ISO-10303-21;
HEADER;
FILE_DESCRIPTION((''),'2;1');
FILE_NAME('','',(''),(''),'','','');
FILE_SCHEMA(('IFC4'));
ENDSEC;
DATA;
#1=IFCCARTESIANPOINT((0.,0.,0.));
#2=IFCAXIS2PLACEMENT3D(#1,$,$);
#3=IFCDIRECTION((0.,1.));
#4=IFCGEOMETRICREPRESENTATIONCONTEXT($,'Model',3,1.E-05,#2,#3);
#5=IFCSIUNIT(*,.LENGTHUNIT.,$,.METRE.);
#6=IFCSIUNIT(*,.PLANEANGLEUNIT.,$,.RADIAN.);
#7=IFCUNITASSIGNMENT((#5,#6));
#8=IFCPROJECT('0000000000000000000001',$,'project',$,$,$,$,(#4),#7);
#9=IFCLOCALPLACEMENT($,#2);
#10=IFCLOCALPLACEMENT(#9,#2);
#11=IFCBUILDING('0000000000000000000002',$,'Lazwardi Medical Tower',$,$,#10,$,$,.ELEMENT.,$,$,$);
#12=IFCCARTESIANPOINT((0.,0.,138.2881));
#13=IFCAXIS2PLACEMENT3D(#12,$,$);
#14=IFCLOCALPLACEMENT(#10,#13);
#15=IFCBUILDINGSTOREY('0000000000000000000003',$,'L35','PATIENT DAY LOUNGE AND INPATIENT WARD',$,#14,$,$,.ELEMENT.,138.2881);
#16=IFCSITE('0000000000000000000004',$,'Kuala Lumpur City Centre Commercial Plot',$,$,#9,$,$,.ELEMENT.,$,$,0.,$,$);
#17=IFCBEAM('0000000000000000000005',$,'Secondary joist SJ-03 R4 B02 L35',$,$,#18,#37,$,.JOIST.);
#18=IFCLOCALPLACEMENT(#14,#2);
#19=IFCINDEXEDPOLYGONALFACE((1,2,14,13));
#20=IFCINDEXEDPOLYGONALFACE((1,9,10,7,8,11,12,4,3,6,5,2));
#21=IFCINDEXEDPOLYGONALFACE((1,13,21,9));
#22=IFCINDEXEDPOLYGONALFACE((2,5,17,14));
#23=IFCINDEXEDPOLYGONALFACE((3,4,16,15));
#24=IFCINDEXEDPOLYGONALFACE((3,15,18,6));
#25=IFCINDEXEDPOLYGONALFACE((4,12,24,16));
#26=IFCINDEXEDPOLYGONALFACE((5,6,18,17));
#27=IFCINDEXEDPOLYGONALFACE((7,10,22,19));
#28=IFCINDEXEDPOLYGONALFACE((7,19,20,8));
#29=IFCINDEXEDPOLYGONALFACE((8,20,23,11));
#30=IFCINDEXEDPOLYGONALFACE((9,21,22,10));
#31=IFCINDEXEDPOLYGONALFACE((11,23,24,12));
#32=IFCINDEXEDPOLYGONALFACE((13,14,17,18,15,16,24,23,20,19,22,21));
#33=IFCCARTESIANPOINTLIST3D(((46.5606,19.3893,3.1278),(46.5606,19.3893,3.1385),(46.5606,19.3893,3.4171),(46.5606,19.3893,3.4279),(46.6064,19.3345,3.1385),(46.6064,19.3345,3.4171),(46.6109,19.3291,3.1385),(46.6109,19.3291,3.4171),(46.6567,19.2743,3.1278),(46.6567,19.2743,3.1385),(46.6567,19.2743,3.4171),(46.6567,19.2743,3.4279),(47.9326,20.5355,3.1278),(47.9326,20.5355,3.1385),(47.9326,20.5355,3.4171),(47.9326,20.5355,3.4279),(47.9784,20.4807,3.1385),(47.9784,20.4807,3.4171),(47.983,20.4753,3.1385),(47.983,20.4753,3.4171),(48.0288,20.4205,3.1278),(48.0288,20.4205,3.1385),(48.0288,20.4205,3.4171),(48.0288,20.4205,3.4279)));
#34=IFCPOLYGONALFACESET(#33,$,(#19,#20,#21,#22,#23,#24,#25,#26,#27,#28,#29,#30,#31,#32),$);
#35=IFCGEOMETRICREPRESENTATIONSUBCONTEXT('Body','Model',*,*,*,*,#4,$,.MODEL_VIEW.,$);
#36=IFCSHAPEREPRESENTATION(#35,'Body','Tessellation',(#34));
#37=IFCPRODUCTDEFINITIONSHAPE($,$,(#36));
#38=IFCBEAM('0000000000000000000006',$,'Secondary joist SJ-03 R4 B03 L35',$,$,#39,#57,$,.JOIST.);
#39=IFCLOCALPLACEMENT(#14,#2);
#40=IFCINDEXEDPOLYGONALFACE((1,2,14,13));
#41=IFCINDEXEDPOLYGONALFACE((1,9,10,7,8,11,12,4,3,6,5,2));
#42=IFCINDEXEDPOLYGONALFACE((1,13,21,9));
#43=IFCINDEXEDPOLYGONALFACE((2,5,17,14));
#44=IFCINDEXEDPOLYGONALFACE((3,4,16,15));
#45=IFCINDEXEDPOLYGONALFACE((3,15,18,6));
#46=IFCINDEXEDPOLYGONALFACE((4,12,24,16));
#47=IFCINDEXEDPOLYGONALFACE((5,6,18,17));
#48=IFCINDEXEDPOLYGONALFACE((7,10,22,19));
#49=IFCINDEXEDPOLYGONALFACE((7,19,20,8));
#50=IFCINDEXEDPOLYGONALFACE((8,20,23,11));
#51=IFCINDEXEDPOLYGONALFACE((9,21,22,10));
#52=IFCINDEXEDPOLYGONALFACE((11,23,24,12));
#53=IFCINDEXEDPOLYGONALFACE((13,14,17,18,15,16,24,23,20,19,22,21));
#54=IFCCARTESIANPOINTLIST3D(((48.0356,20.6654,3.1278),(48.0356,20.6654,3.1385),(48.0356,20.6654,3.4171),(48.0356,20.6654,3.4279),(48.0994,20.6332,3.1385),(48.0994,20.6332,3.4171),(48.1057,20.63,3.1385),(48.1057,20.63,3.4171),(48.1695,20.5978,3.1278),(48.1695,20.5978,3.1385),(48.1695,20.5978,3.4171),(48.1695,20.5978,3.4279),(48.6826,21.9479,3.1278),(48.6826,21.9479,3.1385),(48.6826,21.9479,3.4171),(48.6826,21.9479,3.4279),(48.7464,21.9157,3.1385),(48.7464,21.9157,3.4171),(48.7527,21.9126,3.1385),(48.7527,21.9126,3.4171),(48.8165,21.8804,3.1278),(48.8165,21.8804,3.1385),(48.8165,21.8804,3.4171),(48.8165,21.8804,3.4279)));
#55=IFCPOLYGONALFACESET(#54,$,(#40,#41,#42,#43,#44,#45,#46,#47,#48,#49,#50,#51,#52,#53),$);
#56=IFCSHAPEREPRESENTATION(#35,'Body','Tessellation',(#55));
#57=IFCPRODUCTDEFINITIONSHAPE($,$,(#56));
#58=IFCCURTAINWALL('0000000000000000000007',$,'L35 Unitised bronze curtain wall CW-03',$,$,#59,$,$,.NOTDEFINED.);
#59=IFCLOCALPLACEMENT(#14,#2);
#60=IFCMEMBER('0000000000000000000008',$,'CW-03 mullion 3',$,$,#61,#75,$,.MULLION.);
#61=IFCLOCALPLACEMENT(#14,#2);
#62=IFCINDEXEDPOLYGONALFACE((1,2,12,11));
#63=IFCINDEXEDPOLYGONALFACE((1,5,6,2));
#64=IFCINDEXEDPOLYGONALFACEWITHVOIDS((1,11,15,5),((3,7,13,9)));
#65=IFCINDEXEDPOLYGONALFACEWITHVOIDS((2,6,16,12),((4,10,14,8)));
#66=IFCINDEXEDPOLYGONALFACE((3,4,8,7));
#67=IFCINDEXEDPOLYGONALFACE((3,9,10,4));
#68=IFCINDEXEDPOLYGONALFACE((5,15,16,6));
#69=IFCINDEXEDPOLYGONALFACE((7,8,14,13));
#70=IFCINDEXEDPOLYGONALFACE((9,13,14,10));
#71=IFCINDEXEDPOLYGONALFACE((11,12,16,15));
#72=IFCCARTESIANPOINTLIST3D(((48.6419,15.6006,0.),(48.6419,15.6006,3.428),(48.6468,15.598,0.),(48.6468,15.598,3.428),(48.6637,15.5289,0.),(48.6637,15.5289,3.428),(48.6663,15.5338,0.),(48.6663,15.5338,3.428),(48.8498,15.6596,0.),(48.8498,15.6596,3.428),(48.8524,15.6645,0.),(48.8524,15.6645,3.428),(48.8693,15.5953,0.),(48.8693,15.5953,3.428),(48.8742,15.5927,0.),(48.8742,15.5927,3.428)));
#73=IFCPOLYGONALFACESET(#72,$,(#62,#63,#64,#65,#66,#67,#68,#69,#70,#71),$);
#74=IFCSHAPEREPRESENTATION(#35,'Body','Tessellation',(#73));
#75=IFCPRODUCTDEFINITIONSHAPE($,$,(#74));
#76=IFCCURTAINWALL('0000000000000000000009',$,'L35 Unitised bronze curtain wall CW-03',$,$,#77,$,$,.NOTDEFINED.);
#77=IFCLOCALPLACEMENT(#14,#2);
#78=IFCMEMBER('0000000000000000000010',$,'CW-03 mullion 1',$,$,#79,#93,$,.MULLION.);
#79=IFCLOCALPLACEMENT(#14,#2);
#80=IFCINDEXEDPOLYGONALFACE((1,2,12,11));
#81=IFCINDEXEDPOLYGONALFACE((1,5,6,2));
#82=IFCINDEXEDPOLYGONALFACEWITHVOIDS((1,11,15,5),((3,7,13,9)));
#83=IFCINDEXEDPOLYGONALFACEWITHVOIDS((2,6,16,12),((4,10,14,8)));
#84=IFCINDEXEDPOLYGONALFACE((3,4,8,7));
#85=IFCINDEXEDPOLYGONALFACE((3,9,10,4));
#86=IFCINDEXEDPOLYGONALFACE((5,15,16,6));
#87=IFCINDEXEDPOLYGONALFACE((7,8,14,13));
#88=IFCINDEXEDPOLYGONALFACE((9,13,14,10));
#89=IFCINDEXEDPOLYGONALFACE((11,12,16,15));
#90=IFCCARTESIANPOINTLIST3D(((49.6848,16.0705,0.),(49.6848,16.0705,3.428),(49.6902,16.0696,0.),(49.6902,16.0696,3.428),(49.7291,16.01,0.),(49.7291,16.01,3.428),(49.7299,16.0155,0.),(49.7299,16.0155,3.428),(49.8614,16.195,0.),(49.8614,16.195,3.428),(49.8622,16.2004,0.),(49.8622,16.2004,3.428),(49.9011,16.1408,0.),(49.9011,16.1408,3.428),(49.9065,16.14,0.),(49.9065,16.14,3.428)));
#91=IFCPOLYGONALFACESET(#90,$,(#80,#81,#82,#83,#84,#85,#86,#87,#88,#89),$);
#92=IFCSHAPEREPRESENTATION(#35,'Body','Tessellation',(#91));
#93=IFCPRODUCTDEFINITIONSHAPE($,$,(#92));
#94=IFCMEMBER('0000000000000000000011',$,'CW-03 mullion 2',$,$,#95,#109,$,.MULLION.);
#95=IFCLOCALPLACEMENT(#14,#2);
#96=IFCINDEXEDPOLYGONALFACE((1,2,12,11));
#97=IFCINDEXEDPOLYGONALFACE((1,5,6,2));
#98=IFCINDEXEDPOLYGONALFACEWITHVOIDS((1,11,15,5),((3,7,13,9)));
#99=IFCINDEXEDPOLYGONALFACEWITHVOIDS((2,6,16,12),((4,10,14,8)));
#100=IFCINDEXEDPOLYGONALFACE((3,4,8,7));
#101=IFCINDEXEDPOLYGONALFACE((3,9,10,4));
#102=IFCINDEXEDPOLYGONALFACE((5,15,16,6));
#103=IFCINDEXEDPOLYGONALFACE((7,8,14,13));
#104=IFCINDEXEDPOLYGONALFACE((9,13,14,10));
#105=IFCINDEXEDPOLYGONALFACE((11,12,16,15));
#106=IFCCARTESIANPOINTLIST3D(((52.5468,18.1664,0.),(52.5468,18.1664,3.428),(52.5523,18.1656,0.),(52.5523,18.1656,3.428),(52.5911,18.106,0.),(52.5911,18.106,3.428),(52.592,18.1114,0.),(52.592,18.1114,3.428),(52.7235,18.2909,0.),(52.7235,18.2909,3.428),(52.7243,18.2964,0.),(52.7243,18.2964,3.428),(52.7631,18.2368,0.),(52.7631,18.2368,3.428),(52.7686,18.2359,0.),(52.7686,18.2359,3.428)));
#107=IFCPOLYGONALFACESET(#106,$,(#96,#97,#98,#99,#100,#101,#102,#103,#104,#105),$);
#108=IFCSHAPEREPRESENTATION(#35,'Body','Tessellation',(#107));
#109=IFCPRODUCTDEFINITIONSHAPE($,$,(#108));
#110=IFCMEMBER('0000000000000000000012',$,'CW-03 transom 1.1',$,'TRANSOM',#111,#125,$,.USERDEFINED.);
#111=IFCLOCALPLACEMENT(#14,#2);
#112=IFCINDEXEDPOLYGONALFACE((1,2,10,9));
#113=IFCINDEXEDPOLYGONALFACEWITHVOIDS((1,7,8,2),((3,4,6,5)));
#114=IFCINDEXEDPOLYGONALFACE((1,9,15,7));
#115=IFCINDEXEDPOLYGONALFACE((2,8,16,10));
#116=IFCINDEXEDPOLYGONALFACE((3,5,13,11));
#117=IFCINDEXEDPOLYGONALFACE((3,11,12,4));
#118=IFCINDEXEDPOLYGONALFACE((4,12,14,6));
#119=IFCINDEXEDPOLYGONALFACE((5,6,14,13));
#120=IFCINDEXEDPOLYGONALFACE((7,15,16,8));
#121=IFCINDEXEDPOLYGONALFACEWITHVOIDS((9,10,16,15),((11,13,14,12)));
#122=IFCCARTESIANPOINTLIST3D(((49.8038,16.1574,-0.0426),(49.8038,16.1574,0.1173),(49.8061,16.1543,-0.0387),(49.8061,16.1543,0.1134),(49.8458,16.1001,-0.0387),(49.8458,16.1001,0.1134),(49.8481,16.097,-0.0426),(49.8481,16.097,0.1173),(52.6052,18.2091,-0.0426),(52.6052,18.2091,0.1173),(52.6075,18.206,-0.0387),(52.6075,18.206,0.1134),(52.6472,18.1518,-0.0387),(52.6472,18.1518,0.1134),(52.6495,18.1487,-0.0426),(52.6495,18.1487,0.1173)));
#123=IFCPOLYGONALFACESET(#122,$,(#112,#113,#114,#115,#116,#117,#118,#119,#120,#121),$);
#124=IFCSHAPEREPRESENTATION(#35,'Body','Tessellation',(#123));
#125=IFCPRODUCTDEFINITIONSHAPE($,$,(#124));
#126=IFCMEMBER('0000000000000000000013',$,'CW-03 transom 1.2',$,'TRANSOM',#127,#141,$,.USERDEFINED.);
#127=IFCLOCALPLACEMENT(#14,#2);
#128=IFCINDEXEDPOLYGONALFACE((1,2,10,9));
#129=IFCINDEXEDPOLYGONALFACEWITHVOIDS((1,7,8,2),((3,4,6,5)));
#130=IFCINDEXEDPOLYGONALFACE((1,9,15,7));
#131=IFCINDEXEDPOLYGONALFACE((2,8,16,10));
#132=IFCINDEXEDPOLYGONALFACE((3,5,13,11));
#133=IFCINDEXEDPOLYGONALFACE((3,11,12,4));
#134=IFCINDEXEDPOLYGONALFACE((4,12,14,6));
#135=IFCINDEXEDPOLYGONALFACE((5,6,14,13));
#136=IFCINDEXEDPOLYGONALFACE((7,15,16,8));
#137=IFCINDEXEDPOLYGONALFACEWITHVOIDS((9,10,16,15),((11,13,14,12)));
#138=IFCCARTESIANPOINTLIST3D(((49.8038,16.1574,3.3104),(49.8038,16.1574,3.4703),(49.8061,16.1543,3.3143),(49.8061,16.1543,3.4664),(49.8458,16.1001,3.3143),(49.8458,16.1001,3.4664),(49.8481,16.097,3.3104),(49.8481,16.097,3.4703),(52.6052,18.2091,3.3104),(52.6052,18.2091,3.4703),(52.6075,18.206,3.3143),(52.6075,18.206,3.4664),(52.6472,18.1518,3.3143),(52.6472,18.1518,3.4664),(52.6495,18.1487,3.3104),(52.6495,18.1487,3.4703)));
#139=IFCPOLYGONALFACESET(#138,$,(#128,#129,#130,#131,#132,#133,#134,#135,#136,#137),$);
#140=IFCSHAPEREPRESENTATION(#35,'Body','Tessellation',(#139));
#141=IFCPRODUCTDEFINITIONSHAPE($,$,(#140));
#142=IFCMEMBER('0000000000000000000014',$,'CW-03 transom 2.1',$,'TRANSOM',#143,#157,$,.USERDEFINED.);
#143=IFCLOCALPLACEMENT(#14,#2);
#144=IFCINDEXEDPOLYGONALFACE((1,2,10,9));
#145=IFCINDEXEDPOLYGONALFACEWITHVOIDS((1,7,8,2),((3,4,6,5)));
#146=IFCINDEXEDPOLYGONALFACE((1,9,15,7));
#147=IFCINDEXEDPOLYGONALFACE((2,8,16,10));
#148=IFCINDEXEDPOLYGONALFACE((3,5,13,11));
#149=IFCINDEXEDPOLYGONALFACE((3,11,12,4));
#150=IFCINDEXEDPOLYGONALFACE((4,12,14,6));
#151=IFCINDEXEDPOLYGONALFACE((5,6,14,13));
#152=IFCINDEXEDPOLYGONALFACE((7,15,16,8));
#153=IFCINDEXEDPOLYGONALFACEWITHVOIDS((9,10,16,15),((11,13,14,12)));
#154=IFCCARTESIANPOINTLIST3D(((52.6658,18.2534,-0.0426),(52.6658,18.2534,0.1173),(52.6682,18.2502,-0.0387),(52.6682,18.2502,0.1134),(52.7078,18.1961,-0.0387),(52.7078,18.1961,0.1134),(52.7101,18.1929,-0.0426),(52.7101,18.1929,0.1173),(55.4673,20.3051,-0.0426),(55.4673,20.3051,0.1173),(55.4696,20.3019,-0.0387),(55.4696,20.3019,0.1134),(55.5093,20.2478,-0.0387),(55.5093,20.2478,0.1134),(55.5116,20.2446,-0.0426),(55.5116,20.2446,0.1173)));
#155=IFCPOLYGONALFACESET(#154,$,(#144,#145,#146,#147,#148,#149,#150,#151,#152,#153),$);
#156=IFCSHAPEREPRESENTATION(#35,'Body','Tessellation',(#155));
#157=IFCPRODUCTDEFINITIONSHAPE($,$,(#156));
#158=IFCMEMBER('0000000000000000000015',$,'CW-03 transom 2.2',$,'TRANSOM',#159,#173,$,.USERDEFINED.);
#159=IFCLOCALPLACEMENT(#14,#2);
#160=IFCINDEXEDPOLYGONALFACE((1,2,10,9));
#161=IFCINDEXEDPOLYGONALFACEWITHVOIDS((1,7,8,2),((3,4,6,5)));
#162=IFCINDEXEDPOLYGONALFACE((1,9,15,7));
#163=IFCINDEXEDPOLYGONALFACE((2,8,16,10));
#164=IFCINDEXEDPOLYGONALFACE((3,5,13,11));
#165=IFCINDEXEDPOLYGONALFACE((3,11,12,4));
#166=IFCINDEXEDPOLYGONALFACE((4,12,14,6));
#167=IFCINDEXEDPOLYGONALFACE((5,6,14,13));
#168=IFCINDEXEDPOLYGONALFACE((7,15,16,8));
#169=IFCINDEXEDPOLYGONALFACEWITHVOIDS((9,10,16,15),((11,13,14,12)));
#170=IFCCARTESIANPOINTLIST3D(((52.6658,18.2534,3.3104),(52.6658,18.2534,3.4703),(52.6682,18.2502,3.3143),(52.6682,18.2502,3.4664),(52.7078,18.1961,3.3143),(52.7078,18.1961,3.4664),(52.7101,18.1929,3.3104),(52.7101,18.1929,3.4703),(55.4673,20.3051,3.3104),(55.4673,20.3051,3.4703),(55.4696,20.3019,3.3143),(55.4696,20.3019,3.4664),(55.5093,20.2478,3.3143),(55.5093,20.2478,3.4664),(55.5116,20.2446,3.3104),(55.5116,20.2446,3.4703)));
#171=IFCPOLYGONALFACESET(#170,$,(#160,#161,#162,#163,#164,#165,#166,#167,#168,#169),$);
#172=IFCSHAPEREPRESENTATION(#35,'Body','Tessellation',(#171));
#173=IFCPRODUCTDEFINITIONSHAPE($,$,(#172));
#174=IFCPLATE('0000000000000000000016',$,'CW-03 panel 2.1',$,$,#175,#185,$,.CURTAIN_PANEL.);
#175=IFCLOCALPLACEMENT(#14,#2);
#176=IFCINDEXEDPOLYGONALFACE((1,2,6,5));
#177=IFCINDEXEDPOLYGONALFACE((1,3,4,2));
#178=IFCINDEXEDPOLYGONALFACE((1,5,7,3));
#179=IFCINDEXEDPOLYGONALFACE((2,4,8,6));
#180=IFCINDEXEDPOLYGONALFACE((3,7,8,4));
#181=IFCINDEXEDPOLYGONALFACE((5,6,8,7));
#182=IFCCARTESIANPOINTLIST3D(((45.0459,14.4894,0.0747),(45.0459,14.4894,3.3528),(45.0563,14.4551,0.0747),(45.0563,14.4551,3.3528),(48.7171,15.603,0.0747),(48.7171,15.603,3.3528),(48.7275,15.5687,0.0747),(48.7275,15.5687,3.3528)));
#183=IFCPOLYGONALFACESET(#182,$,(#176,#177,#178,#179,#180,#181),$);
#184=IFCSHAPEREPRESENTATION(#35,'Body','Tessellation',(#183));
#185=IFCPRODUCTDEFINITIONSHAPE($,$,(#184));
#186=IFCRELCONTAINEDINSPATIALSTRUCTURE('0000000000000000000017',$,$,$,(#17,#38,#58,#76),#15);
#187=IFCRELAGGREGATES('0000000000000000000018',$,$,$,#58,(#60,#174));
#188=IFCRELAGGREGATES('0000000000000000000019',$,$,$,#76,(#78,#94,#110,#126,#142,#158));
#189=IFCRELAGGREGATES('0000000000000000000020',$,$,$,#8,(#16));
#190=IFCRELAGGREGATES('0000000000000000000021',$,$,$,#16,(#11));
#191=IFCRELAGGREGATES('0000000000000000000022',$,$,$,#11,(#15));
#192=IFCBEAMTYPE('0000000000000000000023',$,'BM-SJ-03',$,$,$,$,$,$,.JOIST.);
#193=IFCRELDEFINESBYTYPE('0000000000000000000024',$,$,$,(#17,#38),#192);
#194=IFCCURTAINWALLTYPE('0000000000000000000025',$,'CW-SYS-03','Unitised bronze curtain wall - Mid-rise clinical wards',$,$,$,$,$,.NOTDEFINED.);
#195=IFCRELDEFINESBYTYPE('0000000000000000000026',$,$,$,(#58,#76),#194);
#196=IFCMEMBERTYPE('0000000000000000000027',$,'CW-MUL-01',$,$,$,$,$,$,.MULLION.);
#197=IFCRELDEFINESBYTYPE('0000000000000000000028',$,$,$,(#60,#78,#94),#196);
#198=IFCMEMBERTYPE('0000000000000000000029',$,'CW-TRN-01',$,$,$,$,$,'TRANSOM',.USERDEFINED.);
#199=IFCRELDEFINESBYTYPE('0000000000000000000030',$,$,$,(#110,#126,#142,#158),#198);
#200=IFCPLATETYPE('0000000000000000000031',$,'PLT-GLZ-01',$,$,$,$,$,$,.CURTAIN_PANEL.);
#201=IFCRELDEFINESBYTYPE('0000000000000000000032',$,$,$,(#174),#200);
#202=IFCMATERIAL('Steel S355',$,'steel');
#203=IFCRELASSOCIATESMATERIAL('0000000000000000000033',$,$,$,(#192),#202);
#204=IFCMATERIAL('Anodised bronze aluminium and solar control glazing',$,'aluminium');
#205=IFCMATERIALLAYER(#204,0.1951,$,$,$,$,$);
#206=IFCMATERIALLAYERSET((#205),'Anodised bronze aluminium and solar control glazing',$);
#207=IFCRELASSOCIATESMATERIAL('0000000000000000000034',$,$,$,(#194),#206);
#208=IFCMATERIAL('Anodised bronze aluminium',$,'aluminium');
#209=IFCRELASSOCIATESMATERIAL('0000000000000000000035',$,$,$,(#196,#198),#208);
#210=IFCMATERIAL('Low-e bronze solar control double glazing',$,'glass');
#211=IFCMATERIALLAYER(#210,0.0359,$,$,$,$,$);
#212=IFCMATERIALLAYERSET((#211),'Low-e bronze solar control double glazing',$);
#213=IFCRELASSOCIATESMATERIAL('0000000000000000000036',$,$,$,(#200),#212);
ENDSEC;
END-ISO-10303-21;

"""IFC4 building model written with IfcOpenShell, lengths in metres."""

from ifc_helpers import new_model, si_unit, direction, frame, origin, origin_2d, place, context, subcontext, project, spatial, rectangle, hollow_rectangle, i_section, extrude, material, layer, layer_set, material_profile, profile_set, type_object, element, aggregate, save


model = new_model("IFC4")

# Units and contexts
model_context = context("Model", 3, precision=1e-05, world=origin(), true_north=direction((0.0, 1.0)))
body_context = subcontext(model_context, "Body", "Model", "MODEL_VIEW")
ifc_project = project(units=[si_unit("LENGTHUNIT", "METRE"), si_unit("PLANEANGLEUNIT", "RADIAN")], contexts=[model_context])

# Site, building, storey
site_placement = place(None, origin())
site = spatial("IfcSite", under=ifc_project, at=site_placement, Name="Kuala Lumpur City Centre Commercial Plot", CompositionType="ELEMENT", RefElevation=0.0)
building_placement = place(site_placement, origin())
building = spatial("IfcBuilding", under=site, at=building_placement, Name="Lazwardi Medical Tower", CompositionType="ELEMENT")
storey_placement = place(building_placement, frame((0.0, 0.0, 138.2881)))
storey = spatial("IfcBuildingStorey", under=building, at=storey_placement, Name="L35", Description="PATIENT DAY LOUNGE AND INPATIENT WARD", CompositionType="ELEMENT", Elevation=138.2881)

# Beams
ifc_material_1 = material(Name="Steel S355", Category="steel")
ifc_material_profile_1 = material_profile(ifc_material_1, i_section(OverallWidth=0.1499, OverallDepth=0.3, WebThickness=0.0071, FlangeThickness=0.0107, at=origin_2d()), Name="IPE 300")
ifc_profile_set_1 = profile_set([ifc_material_profile_1], Name="Steel S355")
beam_type_1 = type_object("IfcBeamType", Name="BM-SJ-03", PredefinedType="JOIST", material=ifc_profile_set_1)
beam_1_placement = place(storey_placement, frame((46.6086, 19.3318, 3.2778), z_axis=(0.767437, 0.641124, 0.0), x_axis=(-0.641124, 0.767437, 0.0)))
element("IfcBeam", 1, at=beam_1_placement, inside=storey, type_object=beam_type_1, Name="Secondary joist SJ-03 R4 B02 L35", PredefinedType="JOIST", context=body_context, shape_type="SweptSolid", body=[
    extrude(i_section(OverallWidth=0.1499, OverallDepth=0.3, WebThickness=0.0071, FlangeThickness=0.0107, at=origin_2d()), origin(), (0.0, 0.0, 1.0), 1.7878),
])
beam_2_placement = place(storey_placement, frame((48.1025, 20.6316, 3.2778), z_axis=(0.450406, 0.892824, 0.0), x_axis=(-0.892824, 0.450406, 0.0)))
element("IfcBeam", 2, at=beam_2_placement, inside=storey, type_object=beam_type_1, Name="Secondary joist SJ-03 R4 B03 L35", PredefinedType="JOIST", context=body_context, shape_type="SweptSolid", body=[
    extrude(i_section(OverallWidth=0.1499, OverallDepth=0.3, WebThickness=0.0071, FlangeThickness=0.0107, at=origin_2d()), origin(), (0.0, 0.0, 1.0), 1.4365),
])

# Curtain wall, member
ifc_material_2 = material(Name="Anodised bronze aluminium and solar control glazing", Category="aluminium")
ifc_layer_1 = layer(ifc_material_2, 0.1951)
ifc_layer_set_1 = layer_set([ifc_layer_1], Name="Anodised bronze aluminium and solar control glazing")
curtain_wall_type = type_object("IfcCurtainWallType", Name="CW-SYS-03", Description="Unitised bronze curtain wall - Mid-rise clinical wards", PredefinedType="NOTDEFINED", material=ifc_layer_set_1)
curtain_wall_1_placement = place(storey_placement, origin())
curtain_wall_1 = element("IfcCurtainWall", 3, at=curtain_wall_1_placement, inside=storey, type_object=curtain_wall_type, Name="L35 Unitised bronze curtain wall CW-03", PredefinedType="NOTDEFINED")
ifc_material_3 = material(Name="Anodised bronze aluminium", Category="aluminium")
ifc_material_profile_2 = material_profile(ifc_material_3, hollow_rectangle(XDim=0.075, YDim=0.22, WallThickness=0.0039, at=origin_2d()), Name="ALU-MULLION 220x75x4")
ifc_profile_set_2 = profile_set([ifc_material_profile_2], Name="Anodised bronze aluminium")
member_type_1 = type_object("IfcMemberType", Name="CW-MUL-01", PredefinedType="MULLION", material=ifc_profile_set_2)
member_1_placement = place(storey_placement, frame((48.7581, 15.5967, 0.0), z_axis=(0.0, 0.0, 1.0), x_axis=(-0.290281, 0.956942, 0.0)))
member_1 = element("IfcMember", 4, at=member_1_placement, type_object=member_type_1, Name="CW-03 mullion 3", PredefinedType="MULLION", context=body_context, shape_type="SweptSolid", body=[
    extrude(hollow_rectangle(XDim=0.075, YDim=0.22, WallThickness=0.0039, at=origin_2d()), origin(), (0.0, 0.0, 1.0), 3.428),
])

# Curtain wall, members
curtain_wall_2_placement = place(storey_placement, origin())
curtain_wall_2 = element("IfcCurtainWall", 5, at=curtain_wall_2_placement, inside=storey, type_object=curtain_wall_type, Name="L35 Unitised bronze curtain wall CW-03", PredefinedType="NOTDEFINED")
member_2_placement = place(storey_placement, frame((49.7957, 16.1052, 0.0), z_axis=(0.0, 0.0, 1.0), x_axis=(-0.590834, 0.806793, 0.0)))
member_2 = element("IfcMember", 6, at=member_2_placement, type_object=member_type_1, Name="CW-03 mullion 1", PredefinedType="MULLION", context=body_context, shape_type="SweptSolid", body=[
    extrude(hollow_rectangle(XDim=0.075, YDim=0.22, WallThickness=0.0039, at=origin_2d()), origin(), (0.0, 0.0, 1.0), 3.428),
])
member_3_placement = place(storey_placement, frame((52.6577, 18.2012, 0.0), z_axis=(0.0, 0.0, 1.0), x_axis=(-0.590834, 0.806793, 0.0)))
member_3 = element("IfcMember", 7, at=member_3_placement, type_object=member_type_1, Name="CW-03 mullion 2", PredefinedType="MULLION", context=body_context, shape_type="SweptSolid", body=[
    extrude(hollow_rectangle(XDim=0.075, YDim=0.22, WallThickness=0.0039, at=origin_2d()), origin(), (0.0, 0.0, 1.0), 3.428),
])
ifc_material_profile_3 = material_profile(ifc_material_3, hollow_rectangle(XDim=0.075, YDim=0.1599, WallThickness=0.0039, at=origin_2d()), Name="ALU-TRANSOM 160x75x4")
ifc_profile_set_3 = profile_set([ifc_material_profile_3], Name="Anodised bronze aluminium")
member_type_2 = type_object("IfcMemberType", Name="CW-TRN-01", ElementType="TRANSOM", PredefinedType="USERDEFINED", material=ifc_profile_set_3)
member_4_placement = place(storey_placement, frame((49.8259, 16.1272, 0.0374), z_axis=(0.806774, 0.590861, 0.0), x_axis=(-0.590861, 0.806774, 0.0)))
member_4 = element("IfcMember", 8, at=member_4_placement, type_object=member_type_2, Name="CW-03 transom 1.1", ObjectType="TRANSOM", PredefinedType="USERDEFINED", context=body_context, shape_type="SweptSolid", body=[
    extrude(hollow_rectangle(XDim=0.075, YDim=0.1599, WallThickness=0.0039, at=origin_2d()), origin(), (0.0, 0.0, 1.0), 3.4724),
])
member_5_placement = place(storey_placement, frame((49.8259, 16.1272, 3.3904), z_axis=(0.806774, 0.590861, 0.0), x_axis=(-0.590861, 0.806774, 0.0)))
member_5 = element("IfcMember", 9, at=member_5_placement, type_object=member_type_2, Name="CW-03 transom 1.2", ObjectType="TRANSOM", PredefinedType="USERDEFINED", context=body_context, shape_type="SweptSolid", body=[
    extrude(hollow_rectangle(XDim=0.075, YDim=0.1599, WallThickness=0.0039, at=origin_2d()), origin(), (0.0, 0.0, 1.0), 3.4724),
])
member_6_placement = place(storey_placement, frame((52.688, 18.2231, 0.0374), z_axis=(0.806774, 0.590861, 0.0), x_axis=(-0.590861, 0.806774, 0.0)))
member_6 = element("IfcMember", 10, at=member_6_placement, type_object=member_type_2, Name="CW-03 transom 2.1", ObjectType="TRANSOM", PredefinedType="USERDEFINED", context=body_context, shape_type="SweptSolid", body=[
    extrude(hollow_rectangle(XDim=0.075, YDim=0.1599, WallThickness=0.0039, at=origin_2d()), origin(), (0.0, 0.0, 1.0), 3.4724),
])
member_7_placement = place(storey_placement, frame((52.688, 18.2231, 3.3904), z_axis=(0.806774, 0.590861, 0.0), x_axis=(-0.590861, 0.806774, 0.0)))
member_7 = element("IfcMember", 11, at=member_7_placement, type_object=member_type_2, Name="CW-03 transom 2.2", ObjectType="TRANSOM", PredefinedType="USERDEFINED", context=body_context, shape_type="SweptSolid", body=[
    extrude(hollow_rectangle(XDim=0.075, YDim=0.1599, WallThickness=0.0039, at=origin_2d()), origin(), (0.0, 0.0, 1.0), 3.4724),
])

# Plate
ifc_material_4 = material(Name="Low-e bronze solar control double glazing", Category="glass")
ifc_layer_2 = layer(ifc_material_4, 0.0359)
ifc_layer_set_2 = layer_set([ifc_layer_2], Name="Low-e bronze solar control double glazing")
plate_type = type_object("IfcPlateType", Name="PLT-GLZ-01", PredefinedType="CURTAIN_PANEL", material=ifc_layer_set_2)
plate_1_placement = place(storey_placement, frame((46.8867, 15.0291, 0.0747), z_axis=(0.0, 0.0, 1.0), x_axis=(0.956942, 0.290281, 0.0)))
plate_1 = element("IfcPlate", 12, at=plate_1_placement, type_object=plate_type, Name="CW-03 panel 2.1", PredefinedType="CURTAIN_PANEL", context=body_context, shape_type="SweptSolid", body=[
    extrude(rectangle(XDim=3.8364, YDim=0.0359, at=origin_2d()), origin(), (0.0, 0.0, 1.0), 3.2781),
])
aggregate(curtain_wall_1, [member_1, plate_1])
aggregate(curtain_wall_2, [member_2, member_3, member_4, member_5, member_6, member_7])

save(model, "model.ifc")
